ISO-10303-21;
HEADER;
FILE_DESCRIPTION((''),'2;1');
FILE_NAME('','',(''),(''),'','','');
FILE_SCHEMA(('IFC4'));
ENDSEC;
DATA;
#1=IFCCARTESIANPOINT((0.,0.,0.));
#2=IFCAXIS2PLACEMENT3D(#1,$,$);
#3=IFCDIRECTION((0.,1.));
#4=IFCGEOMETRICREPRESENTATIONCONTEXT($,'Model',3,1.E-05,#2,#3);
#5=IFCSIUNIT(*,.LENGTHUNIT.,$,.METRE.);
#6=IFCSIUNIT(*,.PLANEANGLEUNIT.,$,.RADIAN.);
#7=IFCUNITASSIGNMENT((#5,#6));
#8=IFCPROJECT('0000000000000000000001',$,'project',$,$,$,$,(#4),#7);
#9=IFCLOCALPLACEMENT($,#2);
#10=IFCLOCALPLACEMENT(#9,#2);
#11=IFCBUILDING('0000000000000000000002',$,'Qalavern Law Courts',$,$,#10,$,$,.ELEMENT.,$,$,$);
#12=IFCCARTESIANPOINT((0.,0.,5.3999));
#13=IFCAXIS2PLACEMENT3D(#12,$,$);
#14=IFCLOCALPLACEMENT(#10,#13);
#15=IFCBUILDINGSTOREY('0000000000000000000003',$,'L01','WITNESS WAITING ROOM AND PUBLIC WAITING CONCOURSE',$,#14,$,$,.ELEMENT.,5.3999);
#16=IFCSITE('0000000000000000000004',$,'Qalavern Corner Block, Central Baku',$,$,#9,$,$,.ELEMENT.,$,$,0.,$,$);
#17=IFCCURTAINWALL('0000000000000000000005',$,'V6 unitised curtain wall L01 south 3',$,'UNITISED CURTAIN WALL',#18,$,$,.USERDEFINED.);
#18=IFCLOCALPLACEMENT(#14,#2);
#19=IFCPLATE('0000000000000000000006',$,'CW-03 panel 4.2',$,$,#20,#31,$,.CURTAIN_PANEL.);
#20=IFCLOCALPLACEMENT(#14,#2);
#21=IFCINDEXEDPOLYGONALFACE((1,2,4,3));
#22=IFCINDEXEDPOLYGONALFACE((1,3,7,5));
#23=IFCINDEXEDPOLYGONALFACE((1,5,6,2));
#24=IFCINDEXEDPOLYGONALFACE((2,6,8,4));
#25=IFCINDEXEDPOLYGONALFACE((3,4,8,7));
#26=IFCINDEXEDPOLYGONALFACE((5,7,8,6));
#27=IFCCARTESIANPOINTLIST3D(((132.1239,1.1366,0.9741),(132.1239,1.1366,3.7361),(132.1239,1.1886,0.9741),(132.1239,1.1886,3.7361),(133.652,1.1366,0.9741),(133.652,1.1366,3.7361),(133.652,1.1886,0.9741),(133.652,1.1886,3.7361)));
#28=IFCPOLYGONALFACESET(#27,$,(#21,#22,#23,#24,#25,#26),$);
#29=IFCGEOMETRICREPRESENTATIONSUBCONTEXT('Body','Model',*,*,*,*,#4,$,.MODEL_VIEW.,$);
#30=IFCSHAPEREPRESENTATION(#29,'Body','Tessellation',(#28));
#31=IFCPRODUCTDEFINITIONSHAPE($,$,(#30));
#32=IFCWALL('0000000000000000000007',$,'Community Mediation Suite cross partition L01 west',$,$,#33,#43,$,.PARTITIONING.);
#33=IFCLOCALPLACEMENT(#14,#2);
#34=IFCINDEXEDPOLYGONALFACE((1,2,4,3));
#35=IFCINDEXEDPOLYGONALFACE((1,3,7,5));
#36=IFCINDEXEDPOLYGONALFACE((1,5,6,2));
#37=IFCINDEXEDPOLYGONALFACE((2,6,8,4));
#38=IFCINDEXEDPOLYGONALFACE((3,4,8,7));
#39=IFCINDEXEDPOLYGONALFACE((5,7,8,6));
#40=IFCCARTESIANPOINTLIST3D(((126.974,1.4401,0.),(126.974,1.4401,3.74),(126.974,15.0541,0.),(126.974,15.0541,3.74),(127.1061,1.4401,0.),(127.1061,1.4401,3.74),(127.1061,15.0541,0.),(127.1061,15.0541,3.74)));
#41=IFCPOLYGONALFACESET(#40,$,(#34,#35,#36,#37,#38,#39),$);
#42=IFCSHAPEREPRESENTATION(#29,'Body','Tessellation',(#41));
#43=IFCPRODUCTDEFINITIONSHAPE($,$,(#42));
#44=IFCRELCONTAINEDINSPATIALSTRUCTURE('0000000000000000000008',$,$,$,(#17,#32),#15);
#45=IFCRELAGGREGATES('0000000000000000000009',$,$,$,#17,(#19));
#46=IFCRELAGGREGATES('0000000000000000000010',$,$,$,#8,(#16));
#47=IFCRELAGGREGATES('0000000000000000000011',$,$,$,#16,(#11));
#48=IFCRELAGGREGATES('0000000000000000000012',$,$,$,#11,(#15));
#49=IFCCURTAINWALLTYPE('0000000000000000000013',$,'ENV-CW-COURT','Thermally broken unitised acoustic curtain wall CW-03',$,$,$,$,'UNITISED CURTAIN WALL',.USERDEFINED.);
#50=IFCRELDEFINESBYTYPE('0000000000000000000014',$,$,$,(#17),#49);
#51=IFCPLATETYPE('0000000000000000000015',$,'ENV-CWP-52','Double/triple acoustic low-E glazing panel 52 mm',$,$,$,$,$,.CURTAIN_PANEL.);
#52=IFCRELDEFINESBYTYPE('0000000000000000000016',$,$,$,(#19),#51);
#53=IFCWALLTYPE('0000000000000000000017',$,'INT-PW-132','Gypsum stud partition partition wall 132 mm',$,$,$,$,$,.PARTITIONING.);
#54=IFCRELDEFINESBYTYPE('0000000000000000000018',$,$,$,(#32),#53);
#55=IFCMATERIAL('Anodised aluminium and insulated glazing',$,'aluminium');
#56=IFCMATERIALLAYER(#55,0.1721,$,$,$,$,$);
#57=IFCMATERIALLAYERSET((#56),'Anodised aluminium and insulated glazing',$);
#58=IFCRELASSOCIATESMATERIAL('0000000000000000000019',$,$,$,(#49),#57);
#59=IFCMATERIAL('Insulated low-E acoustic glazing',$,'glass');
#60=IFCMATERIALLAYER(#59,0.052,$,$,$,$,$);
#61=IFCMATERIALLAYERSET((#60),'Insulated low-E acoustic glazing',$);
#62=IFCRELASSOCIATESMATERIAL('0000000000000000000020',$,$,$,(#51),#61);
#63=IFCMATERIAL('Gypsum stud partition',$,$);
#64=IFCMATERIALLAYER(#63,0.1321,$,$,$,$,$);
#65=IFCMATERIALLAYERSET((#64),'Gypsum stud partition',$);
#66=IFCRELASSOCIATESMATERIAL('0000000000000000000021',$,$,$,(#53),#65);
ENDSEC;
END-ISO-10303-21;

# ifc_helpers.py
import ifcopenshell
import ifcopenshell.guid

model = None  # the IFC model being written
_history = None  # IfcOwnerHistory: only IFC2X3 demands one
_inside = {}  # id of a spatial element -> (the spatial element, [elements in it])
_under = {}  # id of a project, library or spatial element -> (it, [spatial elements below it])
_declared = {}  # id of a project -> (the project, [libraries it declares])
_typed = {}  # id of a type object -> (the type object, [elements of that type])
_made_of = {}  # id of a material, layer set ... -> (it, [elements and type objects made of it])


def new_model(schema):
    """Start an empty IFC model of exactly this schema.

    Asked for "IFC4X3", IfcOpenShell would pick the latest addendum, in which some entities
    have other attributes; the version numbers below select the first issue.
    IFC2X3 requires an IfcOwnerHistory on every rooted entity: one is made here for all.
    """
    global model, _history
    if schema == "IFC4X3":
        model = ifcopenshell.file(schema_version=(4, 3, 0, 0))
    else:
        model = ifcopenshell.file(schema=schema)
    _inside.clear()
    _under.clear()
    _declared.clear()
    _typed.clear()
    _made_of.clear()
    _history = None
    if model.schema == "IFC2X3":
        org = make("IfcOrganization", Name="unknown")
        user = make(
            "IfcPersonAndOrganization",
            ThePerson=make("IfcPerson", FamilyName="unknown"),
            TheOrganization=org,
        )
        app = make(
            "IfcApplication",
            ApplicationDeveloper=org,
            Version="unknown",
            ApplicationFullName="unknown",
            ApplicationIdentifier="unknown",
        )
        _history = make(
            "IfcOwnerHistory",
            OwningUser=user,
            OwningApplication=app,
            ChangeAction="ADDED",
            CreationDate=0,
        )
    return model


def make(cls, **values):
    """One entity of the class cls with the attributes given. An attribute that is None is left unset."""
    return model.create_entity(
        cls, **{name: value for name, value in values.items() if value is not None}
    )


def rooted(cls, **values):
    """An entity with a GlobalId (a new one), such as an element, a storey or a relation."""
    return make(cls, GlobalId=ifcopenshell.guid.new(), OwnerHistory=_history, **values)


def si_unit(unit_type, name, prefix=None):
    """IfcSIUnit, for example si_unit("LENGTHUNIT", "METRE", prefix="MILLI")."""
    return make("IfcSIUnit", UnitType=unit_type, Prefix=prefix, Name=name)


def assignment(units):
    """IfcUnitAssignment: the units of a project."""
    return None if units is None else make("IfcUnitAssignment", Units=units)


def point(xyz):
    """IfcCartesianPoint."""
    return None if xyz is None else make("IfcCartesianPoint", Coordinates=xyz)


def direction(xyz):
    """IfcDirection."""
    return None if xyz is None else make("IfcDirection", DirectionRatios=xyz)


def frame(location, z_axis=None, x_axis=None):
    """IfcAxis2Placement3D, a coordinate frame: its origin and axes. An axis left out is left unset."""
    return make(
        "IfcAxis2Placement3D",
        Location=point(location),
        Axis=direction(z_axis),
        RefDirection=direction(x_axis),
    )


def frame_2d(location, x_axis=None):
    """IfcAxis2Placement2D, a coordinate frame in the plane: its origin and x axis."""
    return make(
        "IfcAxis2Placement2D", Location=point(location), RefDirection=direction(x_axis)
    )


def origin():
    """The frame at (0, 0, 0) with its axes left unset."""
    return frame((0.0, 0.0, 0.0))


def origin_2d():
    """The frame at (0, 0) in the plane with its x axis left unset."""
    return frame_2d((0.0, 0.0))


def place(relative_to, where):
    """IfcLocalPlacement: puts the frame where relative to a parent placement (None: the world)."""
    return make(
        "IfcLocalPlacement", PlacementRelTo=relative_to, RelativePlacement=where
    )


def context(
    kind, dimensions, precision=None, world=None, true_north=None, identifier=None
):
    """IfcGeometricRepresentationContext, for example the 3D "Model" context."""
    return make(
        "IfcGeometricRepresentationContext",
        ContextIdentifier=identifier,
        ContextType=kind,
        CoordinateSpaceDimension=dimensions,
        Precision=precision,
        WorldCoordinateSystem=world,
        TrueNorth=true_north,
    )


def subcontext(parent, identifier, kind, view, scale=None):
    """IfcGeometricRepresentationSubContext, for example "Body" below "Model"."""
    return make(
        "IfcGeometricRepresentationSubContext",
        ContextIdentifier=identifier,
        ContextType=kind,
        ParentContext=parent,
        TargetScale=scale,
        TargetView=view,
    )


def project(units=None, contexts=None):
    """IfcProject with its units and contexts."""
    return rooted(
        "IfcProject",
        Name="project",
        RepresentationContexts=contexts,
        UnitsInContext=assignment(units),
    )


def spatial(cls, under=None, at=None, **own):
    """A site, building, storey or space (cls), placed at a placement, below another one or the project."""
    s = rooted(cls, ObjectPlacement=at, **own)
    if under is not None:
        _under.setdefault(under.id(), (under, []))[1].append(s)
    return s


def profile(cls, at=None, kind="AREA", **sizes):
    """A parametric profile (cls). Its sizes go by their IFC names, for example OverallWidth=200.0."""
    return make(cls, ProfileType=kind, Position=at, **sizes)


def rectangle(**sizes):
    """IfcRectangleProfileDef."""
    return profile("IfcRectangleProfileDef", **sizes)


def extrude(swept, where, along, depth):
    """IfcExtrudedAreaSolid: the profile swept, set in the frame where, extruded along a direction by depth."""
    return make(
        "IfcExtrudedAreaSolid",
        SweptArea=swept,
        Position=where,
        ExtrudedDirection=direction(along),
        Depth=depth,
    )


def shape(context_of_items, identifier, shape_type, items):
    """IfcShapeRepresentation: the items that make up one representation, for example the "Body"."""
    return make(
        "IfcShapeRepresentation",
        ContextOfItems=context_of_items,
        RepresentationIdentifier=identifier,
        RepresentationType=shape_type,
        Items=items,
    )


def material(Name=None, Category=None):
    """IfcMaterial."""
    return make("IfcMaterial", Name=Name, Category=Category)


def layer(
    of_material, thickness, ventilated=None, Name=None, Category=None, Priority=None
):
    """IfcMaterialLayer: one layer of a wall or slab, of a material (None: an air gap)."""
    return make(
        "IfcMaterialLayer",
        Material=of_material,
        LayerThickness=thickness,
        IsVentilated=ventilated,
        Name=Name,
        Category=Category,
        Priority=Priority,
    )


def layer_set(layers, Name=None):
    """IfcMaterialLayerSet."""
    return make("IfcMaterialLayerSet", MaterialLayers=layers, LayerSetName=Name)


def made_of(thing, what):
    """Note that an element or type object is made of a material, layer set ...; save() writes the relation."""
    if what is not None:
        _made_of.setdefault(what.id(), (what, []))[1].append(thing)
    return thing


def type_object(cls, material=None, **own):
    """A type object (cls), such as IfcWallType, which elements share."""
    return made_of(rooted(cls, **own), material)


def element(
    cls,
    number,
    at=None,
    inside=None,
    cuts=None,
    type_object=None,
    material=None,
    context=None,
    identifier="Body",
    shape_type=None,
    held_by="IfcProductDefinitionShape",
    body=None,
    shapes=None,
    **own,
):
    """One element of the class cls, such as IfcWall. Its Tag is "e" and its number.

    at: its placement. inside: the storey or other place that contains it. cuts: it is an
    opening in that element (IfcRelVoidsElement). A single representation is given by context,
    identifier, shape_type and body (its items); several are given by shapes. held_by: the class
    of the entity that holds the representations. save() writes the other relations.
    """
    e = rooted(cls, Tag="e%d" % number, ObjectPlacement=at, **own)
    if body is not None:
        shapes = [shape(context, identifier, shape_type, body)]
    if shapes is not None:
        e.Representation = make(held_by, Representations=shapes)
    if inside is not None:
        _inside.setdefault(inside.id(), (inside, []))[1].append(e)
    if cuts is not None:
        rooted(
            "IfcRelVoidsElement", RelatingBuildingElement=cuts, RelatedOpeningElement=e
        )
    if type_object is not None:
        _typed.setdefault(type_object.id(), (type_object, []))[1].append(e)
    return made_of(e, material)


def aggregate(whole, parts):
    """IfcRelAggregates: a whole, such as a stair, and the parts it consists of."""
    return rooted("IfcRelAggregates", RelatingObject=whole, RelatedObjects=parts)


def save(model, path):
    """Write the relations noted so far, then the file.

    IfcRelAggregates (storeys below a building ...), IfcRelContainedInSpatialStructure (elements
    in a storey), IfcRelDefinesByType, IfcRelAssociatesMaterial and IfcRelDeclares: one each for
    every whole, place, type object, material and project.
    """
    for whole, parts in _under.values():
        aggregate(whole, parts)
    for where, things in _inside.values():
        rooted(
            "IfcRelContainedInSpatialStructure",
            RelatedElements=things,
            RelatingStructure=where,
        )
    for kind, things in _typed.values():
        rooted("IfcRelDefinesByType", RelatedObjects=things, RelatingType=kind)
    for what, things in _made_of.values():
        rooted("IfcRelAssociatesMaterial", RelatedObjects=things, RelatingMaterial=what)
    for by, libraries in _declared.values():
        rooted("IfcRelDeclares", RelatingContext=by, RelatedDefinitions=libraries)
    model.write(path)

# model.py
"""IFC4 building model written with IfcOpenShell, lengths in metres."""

from ifc_helpers import new_model, si_unit, direction, frame, frame_2d, origin, origin_2d, place, context, subcontext, project, spatial, rectangle, extrude, material, layer, layer_set, type_object, element, aggregate, save


model = new_model("IFC4")

# Units and contexts
model_context = context("Model", 3, precision=1e-05, world=origin(), true_north=direction((0.0, 1.0)))
body_context = subcontext(model_context, "Body", "Model", "MODEL_VIEW")
ifc_project = project(units=[si_unit("LENGTHUNIT", "METRE"), si_unit("PLANEANGLEUNIT", "RADIAN")], contexts=[model_context])

# Site, building, storey
site_placement = place(None, origin())
site = spatial("IfcSite", under=ifc_project, at=site_placement, Name="Qalavern Corner Block, Central Baku", CompositionType="ELEMENT", RefElevation=0.0)
building_placement = place(site_placement, origin())
building = spatial("IfcBuilding", under=site, at=building_placement, Name="Qalavern Law Courts", CompositionType="ELEMENT")
storey_placement = place(building_placement, frame((0.0, 0.0, 5.3999)))
storey = spatial("IfcBuildingStorey", under=building, at=storey_placement, Name="L01", Description="WITNESS WAITING ROOM AND PUBLIC WAITING CONCOURSE", CompositionType="ELEMENT", Elevation=5.3999)

# Curtain wall
ifc_material_1 = material(Name="Anodised aluminium and insulated glazing", Category="aluminium")
ifc_layer_1 = layer(ifc_material_1, 0.1721)
ifc_layer_set_1 = layer_set([ifc_layer_1], Name="Anodised aluminium and insulated glazing")
curtain_wall_type = type_object("IfcCurtainWallType", Name="ENV-CW-COURT", Description="Thermally broken unitised acoustic curtain wall CW-03", ElementType="UNITISED CURTAIN WALL", PredefinedType="USERDEFINED", material=ifc_layer_set_1)
curtain_wall_placement = place(storey_placement, origin())
curtain_wall = element("IfcCurtainWall", 1, at=curtain_wall_placement, inside=storey, type_object=curtain_wall_type, Name="V6 unitised curtain wall L01 south 3", ObjectType="UNITISED CURTAIN WALL", PredefinedType="USERDEFINED")

# Plate
ifc_material_2 = material(Name="Insulated low-E acoustic glazing", Category="glass")
ifc_layer_2 = layer(ifc_material_2, 0.052)
ifc_layer_set_2 = layer_set([ifc_layer_2], Name="Insulated low-E acoustic glazing")
plate_type = type_object("IfcPlateType", Name="ENV-CWP-52", Description="Double/triple acoustic low-E glazing panel 52 mm", PredefinedType="CURTAIN_PANEL", material=ifc_layer_set_2)
plate_1_placement = place(storey_placement, frame((132.8879, 1.1626, 0.9741), z_axis=(0.0, 0.0, 1.0), x_axis=(1.0, 0.0, 0.0)))
plate_1 = element("IfcPlate", 2, at=plate_1_placement, type_object=plate_type, Name="CW-03 panel 4.2", PredefinedType="CURTAIN_PANEL", context=body_context, shape_type="SweptSolid", body=[
    extrude(rectangle(XDim=1.5281, YDim=0.052, at=origin_2d()), origin(), (0.0, 0.0, 1.0), 2.762),
])
aggregate(curtain_wall, [plate_1])

# Wall
ifc_material_3 = material(Name="Gypsum stud partition")
ifc_layer_3 = layer(ifc_material_3, 0.1321)
ifc_layer_set_3 = layer_set([ifc_layer_3], Name="Gypsum stud partition")
wall_type = type_object("IfcWallType", Name="INT-PW-132", Description="Gypsum stud partition partition wall 132 mm", PredefinedType="PARTITIONING", material=ifc_layer_set_3)
wall_placement = place(storey_placement, frame((127.04, 1.4399, 0.0), z_axis=(0.0, 0.0, 1.0), x_axis=(0.0, 1.0, 0.0)))
element("IfcWall", 3, at=wall_placement, inside=storey, type_object=wall_type, Name="Community Mediation Suite cross partition L01 west", PredefinedType="PARTITIONING", context=body_context, shape_type="SweptSolid", body=[
    extrude(rectangle(XDim=13.614, YDim=0.1321, at=frame_2d((6.8071, 0.0))), origin(), (0.0, 0.0, 1.0), 3.74),
])

save(model, "model.ifc")
